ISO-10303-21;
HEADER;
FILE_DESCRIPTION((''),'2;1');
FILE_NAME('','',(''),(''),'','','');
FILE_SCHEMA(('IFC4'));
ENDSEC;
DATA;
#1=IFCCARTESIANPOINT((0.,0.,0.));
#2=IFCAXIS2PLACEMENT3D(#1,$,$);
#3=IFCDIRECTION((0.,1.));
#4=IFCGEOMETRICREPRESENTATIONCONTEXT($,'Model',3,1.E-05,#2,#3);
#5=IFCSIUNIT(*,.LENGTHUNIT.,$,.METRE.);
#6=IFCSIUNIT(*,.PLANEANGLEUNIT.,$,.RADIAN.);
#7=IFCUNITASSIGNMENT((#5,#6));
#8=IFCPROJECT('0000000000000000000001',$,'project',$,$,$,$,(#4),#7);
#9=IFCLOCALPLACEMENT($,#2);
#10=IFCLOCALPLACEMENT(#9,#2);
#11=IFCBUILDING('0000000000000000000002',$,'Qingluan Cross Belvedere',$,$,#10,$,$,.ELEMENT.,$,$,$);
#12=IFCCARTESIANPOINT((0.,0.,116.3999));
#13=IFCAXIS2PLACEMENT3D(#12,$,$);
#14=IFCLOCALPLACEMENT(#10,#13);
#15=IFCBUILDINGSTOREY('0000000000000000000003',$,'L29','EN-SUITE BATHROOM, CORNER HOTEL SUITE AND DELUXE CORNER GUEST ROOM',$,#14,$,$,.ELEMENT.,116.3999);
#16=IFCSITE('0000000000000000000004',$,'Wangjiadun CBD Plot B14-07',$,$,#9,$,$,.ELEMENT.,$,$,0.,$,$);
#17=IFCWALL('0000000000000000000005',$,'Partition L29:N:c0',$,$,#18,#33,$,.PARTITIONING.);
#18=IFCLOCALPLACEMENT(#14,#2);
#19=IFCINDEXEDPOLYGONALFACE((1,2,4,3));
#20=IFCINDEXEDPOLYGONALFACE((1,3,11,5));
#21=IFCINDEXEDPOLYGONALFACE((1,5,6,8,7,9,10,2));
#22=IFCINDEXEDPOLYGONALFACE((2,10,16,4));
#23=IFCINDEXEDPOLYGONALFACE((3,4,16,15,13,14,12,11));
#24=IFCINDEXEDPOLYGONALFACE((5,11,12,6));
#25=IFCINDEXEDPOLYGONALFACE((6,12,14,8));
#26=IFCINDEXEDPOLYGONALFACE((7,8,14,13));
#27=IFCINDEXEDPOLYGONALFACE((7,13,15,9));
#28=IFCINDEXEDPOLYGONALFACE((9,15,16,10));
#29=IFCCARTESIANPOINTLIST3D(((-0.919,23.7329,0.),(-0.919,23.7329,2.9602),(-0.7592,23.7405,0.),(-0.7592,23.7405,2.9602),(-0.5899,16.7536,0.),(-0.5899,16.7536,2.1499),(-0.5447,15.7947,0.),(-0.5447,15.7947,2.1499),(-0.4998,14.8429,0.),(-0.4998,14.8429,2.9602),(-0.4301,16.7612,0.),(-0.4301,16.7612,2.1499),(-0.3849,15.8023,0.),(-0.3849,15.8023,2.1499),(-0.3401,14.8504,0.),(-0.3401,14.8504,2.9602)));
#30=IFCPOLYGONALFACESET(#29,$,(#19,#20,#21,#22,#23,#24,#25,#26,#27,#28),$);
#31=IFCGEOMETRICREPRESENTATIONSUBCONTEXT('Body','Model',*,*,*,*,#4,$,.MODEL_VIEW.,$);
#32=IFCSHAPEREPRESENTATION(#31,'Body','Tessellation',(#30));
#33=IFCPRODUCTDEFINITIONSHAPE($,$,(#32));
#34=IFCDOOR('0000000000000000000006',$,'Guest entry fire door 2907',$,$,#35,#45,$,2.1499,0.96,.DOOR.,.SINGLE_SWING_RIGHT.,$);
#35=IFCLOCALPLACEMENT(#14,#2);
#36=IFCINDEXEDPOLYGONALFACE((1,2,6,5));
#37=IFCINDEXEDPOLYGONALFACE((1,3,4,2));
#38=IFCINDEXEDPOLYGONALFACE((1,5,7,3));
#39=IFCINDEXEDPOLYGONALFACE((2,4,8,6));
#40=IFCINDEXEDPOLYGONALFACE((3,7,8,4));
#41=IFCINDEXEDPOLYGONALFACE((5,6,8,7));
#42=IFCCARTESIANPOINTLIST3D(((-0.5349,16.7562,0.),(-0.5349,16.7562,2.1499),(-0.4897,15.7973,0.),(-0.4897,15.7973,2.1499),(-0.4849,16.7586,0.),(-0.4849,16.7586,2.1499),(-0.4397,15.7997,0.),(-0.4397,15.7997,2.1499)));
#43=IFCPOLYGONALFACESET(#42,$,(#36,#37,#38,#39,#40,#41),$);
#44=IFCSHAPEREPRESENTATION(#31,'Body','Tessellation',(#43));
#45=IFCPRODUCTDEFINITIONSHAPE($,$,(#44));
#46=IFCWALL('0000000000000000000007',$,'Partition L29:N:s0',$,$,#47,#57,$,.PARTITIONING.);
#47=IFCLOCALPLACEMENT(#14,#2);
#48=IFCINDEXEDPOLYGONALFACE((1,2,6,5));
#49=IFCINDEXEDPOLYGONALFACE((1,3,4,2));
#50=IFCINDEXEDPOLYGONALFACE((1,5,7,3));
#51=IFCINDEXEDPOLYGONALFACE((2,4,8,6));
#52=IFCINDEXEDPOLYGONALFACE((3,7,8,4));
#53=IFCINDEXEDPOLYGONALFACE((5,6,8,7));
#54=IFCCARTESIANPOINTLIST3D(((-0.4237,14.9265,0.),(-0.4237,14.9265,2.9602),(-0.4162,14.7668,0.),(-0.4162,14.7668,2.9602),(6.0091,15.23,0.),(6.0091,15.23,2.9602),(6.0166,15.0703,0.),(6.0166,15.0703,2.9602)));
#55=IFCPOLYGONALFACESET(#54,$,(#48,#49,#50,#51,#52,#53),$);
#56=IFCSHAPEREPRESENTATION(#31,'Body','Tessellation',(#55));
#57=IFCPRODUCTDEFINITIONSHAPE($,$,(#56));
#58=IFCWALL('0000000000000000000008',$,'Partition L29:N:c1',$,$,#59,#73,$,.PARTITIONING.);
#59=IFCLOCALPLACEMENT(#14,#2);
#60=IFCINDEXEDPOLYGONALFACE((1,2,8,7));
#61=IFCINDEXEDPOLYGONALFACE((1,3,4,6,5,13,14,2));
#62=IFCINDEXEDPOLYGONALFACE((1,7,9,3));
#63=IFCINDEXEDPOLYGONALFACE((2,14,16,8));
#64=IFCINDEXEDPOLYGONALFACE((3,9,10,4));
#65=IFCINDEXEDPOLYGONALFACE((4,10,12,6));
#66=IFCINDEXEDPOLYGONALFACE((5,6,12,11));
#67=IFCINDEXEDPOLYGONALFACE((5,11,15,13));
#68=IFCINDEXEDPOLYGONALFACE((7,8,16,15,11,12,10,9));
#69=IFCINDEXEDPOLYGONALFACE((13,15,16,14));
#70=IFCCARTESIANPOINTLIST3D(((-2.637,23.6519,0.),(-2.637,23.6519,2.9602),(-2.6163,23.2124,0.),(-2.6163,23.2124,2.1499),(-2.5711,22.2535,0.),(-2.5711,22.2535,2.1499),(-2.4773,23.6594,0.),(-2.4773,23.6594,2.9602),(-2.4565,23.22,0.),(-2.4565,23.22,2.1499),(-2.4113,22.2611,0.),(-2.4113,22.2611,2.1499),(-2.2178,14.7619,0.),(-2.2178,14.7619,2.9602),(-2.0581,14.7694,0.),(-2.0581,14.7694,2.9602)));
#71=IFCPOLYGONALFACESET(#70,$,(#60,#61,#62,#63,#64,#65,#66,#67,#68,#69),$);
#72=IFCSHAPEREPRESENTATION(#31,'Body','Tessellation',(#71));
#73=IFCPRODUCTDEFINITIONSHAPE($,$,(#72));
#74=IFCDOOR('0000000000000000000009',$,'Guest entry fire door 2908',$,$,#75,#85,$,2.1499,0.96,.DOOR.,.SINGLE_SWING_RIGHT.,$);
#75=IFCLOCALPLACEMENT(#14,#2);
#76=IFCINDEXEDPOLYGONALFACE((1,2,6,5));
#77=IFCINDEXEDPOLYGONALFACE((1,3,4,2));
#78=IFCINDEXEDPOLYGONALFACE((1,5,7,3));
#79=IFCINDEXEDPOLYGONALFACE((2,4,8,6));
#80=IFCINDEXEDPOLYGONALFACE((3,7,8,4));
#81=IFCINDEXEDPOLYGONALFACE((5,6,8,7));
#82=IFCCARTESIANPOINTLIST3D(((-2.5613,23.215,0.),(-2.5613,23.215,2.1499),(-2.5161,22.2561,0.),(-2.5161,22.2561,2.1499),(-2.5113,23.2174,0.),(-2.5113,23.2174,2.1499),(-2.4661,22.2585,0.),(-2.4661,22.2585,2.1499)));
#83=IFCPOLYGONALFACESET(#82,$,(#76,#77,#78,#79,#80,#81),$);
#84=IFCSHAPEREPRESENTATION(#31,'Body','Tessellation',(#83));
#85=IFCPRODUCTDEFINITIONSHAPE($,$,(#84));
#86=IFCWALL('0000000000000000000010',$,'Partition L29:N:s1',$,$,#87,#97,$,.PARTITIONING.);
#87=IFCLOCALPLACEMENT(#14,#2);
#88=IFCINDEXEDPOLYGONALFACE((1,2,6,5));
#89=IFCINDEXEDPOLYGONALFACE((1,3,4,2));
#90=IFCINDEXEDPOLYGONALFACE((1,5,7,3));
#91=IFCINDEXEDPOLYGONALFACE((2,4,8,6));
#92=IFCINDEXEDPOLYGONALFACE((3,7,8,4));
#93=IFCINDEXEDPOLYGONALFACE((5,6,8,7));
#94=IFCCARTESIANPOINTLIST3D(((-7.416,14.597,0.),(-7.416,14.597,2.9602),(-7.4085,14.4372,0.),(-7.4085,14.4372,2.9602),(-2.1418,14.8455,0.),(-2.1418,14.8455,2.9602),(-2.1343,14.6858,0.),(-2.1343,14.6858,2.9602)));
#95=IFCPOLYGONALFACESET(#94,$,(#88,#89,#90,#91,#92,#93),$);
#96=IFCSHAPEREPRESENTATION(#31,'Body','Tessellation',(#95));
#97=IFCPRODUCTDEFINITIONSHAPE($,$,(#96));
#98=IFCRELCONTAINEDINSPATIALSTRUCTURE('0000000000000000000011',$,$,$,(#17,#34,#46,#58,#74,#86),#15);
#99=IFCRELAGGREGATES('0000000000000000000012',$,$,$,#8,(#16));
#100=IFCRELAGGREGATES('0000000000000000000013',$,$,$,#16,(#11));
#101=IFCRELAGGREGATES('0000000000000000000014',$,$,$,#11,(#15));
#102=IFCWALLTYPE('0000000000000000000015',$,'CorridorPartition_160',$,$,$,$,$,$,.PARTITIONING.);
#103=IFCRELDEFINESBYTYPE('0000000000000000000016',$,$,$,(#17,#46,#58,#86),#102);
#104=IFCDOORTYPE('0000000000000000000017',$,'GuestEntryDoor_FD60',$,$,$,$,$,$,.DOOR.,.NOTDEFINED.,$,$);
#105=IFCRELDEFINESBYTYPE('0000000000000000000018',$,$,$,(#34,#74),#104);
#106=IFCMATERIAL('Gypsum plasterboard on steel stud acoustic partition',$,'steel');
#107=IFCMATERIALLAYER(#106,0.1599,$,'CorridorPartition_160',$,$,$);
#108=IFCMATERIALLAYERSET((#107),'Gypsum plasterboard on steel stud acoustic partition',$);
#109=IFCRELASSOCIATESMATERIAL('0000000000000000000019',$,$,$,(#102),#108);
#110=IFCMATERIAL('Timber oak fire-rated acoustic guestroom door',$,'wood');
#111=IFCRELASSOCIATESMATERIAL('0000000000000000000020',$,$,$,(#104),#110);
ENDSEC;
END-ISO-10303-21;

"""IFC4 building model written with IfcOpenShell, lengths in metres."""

from ifc_helpers import new_model, si_unit, direction, frame, frame_2d, origin, place, context, subcontext, project, spatial, rectangle, extrude, material, layer, layer_set, type_object, element, fill, save


model = new_model("IFC4")

# Units and contexts
model_context = context("Model", 3, precision=1e-05, world=origin(), true_north=direction((0.0, 1.0)))
body_context = subcontext(model_context, "Body", "Model", "MODEL_VIEW")
ifc_project = project(units=[si_unit("LENGTHUNIT", "METRE"), si_unit("PLANEANGLEUNIT", "RADIAN")], contexts=[model_context])

# Site, building, storey
site_placement = place(None, origin())
site = spatial("IfcSite", under=ifc_project, at=site_placement, Name="Wangjiadun CBD Plot B14-07", CompositionType="ELEMENT", RefElevation=0.0)
building_placement = place(site_placement, origin())
building = spatial("IfcBuilding", under=site, at=building_placement, Name="Qingluan Cross Belvedere", CompositionType="ELEMENT")
storey_placement = place(building_placement, frame((0.0, 0.0, 116.3999)))
storey = spatial("IfcBuildingStorey", under=building, at=storey_placement, Name="L29", Description="EN-SUITE BATHROOM, CORNER HOTEL SUITE AND DELUXE CORNER GUEST ROOM", CompositionType="ELEMENT", Elevation=116.3999)

# Shared definitions
ifc_material_1 = material(Name="Gypsum plasterboard on steel stud acoustic partition", Category="steel")
ifc_layer_1 = layer(ifc_material_1, 0.1599, Name="CorridorPartition_160")
ifc_layer_set_1 = layer_set([ifc_layer_1], Name="Gypsum plasterboard on steel stud acoustic partition")
wall_type_1 = type_object("IfcWallType", Name="CorridorPartition_160", PredefinedType="PARTITIONING", material=ifc_layer_set_1)

# Wall, opening, door
wall_1_placement = place(storey_placement, frame((-0.4199, 14.8467, 0.0), z_axis=(0.0, 0.0, 1.0), x_axis=(-0.0471, 0.99889, 0.0)))
wall_1 = element("IfcWall", 1, at=wall_1_placement, inside=storey, type_object=wall_type_1, Name="Partition L29:N:c0", PredefinedType="PARTITIONING", context=body_context, shape_type="SweptSolid", body=[
    extrude(rectangle(XDim=8.8999, YDim=0.1599, at=frame_2d((4.45, 0.0))), origin(), (0.0, 0.0, 1.0), 2.9602),
])
opening_1_placement = place(wall_1_placement, frame((0.9529, 0.0, 0.0)))
opening_1 = element("IfcOpeningElement", 2, at=opening_1_placement, cuts=wall_1, PredefinedType="OPENING", context=body_context, shape_type="SweptSolid", body=[
    extrude(rectangle(XDim=0.96, YDim=2.1499, at=frame_2d((0.48, 1.075))), frame((0.0, 0.0898, 0.0), z_axis=(0.0, -1.0, 0.0), x_axis=(1.0, 0.0, 0.0)), (0.0, 0.0, 1.0), 0.1799),
])
ifc_material_2 = material(Name="Timber oak fire-rated acoustic guestroom door", Category="wood")
door_type = type_object("IfcDoorType", Name="GuestEntryDoor_FD60", OperationType="NOTDEFINED", PredefinedType="DOOR", material=ifc_material_2)
door_1_placement = place(opening_1_placement, origin())
door_1 = element("IfcDoor", 3, at=door_1_placement, inside=storey, type_object=door_type, Name="Guest entry fire door 2907", OperationType="SINGLE_SWING_RIGHT", OverallHeight=2.1499, OverallWidth=0.96, PredefinedType="DOOR", context=body_context, shape_type="SweptSolid", body=[
    extrude(rectangle(XDim=0.96, YDim=2.1499, at=frame_2d((0.48, 1.075))), frame((0.0, 0.0249, 0.0), z_axis=(0.0, -1.0, 0.0), x_axis=(1.0, 0.0, 0.0)), (0.0, 0.0, 1.0), 0.05),
])
fill(opening_1, door_1)

# Wall
wall_2_placement = place(storey_placement, frame((-0.4199, 14.8467, 0.0), z_axis=(0.0, 0.0, 1.0), x_axis=(0.998889, 0.047122, 0.0)))
element("IfcWall", 4, at=wall_2_placement, inside=storey, type_object=wall_type_1, Name="Partition L29:N:s0", PredefinedType="PARTITIONING", context=body_context, shape_type="SweptSolid", body=[
    extrude(rectangle(XDim=6.4399, YDim=0.1599, at=frame_2d((3.22, 0.0))), origin(), (0.0, 0.0, 1.0), 2.9602),
])

# Wall, opening, door
wall_3_placement = place(storey_placement, frame((-2.1379, 14.7656, 0.0), z_axis=(0.0, 0.0, 1.0), x_axis=(-0.0471, 0.99889, 0.0)))
wall_3 = element("IfcWall", 5, at=wall_3_placement, inside=storey, type_object=wall_type_1, Name="Partition L29:N:c1", PredefinedType="PARTITIONING", context=body_context, shape_type="SweptSolid", body=[
    extrude(rectangle(XDim=8.8999, YDim=0.1599, at=frame_2d((4.45, 0.0))), origin(), (0.0, 0.0, 1.0), 2.9602),
])
opening_2_placement = place(wall_3_placement, frame((7.5, 0.0, 0.0)))
opening_2 = element("IfcOpeningElement", 6, at=opening_2_placement, cuts=wall_3, PredefinedType="OPENING", context=body_context, shape_type="SweptSolid", body=[
    extrude(rectangle(XDim=0.96, YDim=2.1499, at=frame_2d((0.48, 1.075))), frame((0.0, 0.0898, 0.0), z_axis=(0.0, -1.0, 0.0), x_axis=(1.0, 0.0, 0.0)), (0.0, 0.0, 1.0), 0.1799),
])
door_2_placement = place(opening_2_placement, origin())
door_2 = element("IfcDoor", 7, at=door_2_placement, inside=storey, type_object=door_type, Name="Guest entry fire door 2908", OperationType="SINGLE_SWING_RIGHT", OverallHeight=2.1499, OverallWidth=0.96, PredefinedType="DOOR", context=body_context, shape_type="SweptSolid", body=[
    extrude(rectangle(XDim=0.96, YDim=2.1499, at=frame_2d((0.48, 1.075))), frame((0.0, 0.0249, 0.0), z_axis=(0.0, -1.0, 0.0), x_axis=(1.0, 0.0, 0.0)), (0.0, 0.0, 1.0), 0.05),
])
fill(opening_2, door_2)

# Wall
wall_4_placement = place(storey_placement, frame((-2.1379, 14.7656, 0.0), z_axis=(0.0, 0.0, 1.0), x_axis=(-0.998892, -0.047071, 0.0)))
element("IfcWall", 8, at=wall_4_placement, inside=storey, type_object=wall_type_1, Name="Partition L29:N:s1", PredefinedType="PARTITIONING", context=body_context, shape_type="SweptSolid", body=[
    extrude(rectangle(XDim=5.28, YDim=0.1599, at=frame_2d((2.6401, 0.0))), origin(), (0.0, 0.0, 1.0), 2.9602),
])

save(model, "model.ifc")
